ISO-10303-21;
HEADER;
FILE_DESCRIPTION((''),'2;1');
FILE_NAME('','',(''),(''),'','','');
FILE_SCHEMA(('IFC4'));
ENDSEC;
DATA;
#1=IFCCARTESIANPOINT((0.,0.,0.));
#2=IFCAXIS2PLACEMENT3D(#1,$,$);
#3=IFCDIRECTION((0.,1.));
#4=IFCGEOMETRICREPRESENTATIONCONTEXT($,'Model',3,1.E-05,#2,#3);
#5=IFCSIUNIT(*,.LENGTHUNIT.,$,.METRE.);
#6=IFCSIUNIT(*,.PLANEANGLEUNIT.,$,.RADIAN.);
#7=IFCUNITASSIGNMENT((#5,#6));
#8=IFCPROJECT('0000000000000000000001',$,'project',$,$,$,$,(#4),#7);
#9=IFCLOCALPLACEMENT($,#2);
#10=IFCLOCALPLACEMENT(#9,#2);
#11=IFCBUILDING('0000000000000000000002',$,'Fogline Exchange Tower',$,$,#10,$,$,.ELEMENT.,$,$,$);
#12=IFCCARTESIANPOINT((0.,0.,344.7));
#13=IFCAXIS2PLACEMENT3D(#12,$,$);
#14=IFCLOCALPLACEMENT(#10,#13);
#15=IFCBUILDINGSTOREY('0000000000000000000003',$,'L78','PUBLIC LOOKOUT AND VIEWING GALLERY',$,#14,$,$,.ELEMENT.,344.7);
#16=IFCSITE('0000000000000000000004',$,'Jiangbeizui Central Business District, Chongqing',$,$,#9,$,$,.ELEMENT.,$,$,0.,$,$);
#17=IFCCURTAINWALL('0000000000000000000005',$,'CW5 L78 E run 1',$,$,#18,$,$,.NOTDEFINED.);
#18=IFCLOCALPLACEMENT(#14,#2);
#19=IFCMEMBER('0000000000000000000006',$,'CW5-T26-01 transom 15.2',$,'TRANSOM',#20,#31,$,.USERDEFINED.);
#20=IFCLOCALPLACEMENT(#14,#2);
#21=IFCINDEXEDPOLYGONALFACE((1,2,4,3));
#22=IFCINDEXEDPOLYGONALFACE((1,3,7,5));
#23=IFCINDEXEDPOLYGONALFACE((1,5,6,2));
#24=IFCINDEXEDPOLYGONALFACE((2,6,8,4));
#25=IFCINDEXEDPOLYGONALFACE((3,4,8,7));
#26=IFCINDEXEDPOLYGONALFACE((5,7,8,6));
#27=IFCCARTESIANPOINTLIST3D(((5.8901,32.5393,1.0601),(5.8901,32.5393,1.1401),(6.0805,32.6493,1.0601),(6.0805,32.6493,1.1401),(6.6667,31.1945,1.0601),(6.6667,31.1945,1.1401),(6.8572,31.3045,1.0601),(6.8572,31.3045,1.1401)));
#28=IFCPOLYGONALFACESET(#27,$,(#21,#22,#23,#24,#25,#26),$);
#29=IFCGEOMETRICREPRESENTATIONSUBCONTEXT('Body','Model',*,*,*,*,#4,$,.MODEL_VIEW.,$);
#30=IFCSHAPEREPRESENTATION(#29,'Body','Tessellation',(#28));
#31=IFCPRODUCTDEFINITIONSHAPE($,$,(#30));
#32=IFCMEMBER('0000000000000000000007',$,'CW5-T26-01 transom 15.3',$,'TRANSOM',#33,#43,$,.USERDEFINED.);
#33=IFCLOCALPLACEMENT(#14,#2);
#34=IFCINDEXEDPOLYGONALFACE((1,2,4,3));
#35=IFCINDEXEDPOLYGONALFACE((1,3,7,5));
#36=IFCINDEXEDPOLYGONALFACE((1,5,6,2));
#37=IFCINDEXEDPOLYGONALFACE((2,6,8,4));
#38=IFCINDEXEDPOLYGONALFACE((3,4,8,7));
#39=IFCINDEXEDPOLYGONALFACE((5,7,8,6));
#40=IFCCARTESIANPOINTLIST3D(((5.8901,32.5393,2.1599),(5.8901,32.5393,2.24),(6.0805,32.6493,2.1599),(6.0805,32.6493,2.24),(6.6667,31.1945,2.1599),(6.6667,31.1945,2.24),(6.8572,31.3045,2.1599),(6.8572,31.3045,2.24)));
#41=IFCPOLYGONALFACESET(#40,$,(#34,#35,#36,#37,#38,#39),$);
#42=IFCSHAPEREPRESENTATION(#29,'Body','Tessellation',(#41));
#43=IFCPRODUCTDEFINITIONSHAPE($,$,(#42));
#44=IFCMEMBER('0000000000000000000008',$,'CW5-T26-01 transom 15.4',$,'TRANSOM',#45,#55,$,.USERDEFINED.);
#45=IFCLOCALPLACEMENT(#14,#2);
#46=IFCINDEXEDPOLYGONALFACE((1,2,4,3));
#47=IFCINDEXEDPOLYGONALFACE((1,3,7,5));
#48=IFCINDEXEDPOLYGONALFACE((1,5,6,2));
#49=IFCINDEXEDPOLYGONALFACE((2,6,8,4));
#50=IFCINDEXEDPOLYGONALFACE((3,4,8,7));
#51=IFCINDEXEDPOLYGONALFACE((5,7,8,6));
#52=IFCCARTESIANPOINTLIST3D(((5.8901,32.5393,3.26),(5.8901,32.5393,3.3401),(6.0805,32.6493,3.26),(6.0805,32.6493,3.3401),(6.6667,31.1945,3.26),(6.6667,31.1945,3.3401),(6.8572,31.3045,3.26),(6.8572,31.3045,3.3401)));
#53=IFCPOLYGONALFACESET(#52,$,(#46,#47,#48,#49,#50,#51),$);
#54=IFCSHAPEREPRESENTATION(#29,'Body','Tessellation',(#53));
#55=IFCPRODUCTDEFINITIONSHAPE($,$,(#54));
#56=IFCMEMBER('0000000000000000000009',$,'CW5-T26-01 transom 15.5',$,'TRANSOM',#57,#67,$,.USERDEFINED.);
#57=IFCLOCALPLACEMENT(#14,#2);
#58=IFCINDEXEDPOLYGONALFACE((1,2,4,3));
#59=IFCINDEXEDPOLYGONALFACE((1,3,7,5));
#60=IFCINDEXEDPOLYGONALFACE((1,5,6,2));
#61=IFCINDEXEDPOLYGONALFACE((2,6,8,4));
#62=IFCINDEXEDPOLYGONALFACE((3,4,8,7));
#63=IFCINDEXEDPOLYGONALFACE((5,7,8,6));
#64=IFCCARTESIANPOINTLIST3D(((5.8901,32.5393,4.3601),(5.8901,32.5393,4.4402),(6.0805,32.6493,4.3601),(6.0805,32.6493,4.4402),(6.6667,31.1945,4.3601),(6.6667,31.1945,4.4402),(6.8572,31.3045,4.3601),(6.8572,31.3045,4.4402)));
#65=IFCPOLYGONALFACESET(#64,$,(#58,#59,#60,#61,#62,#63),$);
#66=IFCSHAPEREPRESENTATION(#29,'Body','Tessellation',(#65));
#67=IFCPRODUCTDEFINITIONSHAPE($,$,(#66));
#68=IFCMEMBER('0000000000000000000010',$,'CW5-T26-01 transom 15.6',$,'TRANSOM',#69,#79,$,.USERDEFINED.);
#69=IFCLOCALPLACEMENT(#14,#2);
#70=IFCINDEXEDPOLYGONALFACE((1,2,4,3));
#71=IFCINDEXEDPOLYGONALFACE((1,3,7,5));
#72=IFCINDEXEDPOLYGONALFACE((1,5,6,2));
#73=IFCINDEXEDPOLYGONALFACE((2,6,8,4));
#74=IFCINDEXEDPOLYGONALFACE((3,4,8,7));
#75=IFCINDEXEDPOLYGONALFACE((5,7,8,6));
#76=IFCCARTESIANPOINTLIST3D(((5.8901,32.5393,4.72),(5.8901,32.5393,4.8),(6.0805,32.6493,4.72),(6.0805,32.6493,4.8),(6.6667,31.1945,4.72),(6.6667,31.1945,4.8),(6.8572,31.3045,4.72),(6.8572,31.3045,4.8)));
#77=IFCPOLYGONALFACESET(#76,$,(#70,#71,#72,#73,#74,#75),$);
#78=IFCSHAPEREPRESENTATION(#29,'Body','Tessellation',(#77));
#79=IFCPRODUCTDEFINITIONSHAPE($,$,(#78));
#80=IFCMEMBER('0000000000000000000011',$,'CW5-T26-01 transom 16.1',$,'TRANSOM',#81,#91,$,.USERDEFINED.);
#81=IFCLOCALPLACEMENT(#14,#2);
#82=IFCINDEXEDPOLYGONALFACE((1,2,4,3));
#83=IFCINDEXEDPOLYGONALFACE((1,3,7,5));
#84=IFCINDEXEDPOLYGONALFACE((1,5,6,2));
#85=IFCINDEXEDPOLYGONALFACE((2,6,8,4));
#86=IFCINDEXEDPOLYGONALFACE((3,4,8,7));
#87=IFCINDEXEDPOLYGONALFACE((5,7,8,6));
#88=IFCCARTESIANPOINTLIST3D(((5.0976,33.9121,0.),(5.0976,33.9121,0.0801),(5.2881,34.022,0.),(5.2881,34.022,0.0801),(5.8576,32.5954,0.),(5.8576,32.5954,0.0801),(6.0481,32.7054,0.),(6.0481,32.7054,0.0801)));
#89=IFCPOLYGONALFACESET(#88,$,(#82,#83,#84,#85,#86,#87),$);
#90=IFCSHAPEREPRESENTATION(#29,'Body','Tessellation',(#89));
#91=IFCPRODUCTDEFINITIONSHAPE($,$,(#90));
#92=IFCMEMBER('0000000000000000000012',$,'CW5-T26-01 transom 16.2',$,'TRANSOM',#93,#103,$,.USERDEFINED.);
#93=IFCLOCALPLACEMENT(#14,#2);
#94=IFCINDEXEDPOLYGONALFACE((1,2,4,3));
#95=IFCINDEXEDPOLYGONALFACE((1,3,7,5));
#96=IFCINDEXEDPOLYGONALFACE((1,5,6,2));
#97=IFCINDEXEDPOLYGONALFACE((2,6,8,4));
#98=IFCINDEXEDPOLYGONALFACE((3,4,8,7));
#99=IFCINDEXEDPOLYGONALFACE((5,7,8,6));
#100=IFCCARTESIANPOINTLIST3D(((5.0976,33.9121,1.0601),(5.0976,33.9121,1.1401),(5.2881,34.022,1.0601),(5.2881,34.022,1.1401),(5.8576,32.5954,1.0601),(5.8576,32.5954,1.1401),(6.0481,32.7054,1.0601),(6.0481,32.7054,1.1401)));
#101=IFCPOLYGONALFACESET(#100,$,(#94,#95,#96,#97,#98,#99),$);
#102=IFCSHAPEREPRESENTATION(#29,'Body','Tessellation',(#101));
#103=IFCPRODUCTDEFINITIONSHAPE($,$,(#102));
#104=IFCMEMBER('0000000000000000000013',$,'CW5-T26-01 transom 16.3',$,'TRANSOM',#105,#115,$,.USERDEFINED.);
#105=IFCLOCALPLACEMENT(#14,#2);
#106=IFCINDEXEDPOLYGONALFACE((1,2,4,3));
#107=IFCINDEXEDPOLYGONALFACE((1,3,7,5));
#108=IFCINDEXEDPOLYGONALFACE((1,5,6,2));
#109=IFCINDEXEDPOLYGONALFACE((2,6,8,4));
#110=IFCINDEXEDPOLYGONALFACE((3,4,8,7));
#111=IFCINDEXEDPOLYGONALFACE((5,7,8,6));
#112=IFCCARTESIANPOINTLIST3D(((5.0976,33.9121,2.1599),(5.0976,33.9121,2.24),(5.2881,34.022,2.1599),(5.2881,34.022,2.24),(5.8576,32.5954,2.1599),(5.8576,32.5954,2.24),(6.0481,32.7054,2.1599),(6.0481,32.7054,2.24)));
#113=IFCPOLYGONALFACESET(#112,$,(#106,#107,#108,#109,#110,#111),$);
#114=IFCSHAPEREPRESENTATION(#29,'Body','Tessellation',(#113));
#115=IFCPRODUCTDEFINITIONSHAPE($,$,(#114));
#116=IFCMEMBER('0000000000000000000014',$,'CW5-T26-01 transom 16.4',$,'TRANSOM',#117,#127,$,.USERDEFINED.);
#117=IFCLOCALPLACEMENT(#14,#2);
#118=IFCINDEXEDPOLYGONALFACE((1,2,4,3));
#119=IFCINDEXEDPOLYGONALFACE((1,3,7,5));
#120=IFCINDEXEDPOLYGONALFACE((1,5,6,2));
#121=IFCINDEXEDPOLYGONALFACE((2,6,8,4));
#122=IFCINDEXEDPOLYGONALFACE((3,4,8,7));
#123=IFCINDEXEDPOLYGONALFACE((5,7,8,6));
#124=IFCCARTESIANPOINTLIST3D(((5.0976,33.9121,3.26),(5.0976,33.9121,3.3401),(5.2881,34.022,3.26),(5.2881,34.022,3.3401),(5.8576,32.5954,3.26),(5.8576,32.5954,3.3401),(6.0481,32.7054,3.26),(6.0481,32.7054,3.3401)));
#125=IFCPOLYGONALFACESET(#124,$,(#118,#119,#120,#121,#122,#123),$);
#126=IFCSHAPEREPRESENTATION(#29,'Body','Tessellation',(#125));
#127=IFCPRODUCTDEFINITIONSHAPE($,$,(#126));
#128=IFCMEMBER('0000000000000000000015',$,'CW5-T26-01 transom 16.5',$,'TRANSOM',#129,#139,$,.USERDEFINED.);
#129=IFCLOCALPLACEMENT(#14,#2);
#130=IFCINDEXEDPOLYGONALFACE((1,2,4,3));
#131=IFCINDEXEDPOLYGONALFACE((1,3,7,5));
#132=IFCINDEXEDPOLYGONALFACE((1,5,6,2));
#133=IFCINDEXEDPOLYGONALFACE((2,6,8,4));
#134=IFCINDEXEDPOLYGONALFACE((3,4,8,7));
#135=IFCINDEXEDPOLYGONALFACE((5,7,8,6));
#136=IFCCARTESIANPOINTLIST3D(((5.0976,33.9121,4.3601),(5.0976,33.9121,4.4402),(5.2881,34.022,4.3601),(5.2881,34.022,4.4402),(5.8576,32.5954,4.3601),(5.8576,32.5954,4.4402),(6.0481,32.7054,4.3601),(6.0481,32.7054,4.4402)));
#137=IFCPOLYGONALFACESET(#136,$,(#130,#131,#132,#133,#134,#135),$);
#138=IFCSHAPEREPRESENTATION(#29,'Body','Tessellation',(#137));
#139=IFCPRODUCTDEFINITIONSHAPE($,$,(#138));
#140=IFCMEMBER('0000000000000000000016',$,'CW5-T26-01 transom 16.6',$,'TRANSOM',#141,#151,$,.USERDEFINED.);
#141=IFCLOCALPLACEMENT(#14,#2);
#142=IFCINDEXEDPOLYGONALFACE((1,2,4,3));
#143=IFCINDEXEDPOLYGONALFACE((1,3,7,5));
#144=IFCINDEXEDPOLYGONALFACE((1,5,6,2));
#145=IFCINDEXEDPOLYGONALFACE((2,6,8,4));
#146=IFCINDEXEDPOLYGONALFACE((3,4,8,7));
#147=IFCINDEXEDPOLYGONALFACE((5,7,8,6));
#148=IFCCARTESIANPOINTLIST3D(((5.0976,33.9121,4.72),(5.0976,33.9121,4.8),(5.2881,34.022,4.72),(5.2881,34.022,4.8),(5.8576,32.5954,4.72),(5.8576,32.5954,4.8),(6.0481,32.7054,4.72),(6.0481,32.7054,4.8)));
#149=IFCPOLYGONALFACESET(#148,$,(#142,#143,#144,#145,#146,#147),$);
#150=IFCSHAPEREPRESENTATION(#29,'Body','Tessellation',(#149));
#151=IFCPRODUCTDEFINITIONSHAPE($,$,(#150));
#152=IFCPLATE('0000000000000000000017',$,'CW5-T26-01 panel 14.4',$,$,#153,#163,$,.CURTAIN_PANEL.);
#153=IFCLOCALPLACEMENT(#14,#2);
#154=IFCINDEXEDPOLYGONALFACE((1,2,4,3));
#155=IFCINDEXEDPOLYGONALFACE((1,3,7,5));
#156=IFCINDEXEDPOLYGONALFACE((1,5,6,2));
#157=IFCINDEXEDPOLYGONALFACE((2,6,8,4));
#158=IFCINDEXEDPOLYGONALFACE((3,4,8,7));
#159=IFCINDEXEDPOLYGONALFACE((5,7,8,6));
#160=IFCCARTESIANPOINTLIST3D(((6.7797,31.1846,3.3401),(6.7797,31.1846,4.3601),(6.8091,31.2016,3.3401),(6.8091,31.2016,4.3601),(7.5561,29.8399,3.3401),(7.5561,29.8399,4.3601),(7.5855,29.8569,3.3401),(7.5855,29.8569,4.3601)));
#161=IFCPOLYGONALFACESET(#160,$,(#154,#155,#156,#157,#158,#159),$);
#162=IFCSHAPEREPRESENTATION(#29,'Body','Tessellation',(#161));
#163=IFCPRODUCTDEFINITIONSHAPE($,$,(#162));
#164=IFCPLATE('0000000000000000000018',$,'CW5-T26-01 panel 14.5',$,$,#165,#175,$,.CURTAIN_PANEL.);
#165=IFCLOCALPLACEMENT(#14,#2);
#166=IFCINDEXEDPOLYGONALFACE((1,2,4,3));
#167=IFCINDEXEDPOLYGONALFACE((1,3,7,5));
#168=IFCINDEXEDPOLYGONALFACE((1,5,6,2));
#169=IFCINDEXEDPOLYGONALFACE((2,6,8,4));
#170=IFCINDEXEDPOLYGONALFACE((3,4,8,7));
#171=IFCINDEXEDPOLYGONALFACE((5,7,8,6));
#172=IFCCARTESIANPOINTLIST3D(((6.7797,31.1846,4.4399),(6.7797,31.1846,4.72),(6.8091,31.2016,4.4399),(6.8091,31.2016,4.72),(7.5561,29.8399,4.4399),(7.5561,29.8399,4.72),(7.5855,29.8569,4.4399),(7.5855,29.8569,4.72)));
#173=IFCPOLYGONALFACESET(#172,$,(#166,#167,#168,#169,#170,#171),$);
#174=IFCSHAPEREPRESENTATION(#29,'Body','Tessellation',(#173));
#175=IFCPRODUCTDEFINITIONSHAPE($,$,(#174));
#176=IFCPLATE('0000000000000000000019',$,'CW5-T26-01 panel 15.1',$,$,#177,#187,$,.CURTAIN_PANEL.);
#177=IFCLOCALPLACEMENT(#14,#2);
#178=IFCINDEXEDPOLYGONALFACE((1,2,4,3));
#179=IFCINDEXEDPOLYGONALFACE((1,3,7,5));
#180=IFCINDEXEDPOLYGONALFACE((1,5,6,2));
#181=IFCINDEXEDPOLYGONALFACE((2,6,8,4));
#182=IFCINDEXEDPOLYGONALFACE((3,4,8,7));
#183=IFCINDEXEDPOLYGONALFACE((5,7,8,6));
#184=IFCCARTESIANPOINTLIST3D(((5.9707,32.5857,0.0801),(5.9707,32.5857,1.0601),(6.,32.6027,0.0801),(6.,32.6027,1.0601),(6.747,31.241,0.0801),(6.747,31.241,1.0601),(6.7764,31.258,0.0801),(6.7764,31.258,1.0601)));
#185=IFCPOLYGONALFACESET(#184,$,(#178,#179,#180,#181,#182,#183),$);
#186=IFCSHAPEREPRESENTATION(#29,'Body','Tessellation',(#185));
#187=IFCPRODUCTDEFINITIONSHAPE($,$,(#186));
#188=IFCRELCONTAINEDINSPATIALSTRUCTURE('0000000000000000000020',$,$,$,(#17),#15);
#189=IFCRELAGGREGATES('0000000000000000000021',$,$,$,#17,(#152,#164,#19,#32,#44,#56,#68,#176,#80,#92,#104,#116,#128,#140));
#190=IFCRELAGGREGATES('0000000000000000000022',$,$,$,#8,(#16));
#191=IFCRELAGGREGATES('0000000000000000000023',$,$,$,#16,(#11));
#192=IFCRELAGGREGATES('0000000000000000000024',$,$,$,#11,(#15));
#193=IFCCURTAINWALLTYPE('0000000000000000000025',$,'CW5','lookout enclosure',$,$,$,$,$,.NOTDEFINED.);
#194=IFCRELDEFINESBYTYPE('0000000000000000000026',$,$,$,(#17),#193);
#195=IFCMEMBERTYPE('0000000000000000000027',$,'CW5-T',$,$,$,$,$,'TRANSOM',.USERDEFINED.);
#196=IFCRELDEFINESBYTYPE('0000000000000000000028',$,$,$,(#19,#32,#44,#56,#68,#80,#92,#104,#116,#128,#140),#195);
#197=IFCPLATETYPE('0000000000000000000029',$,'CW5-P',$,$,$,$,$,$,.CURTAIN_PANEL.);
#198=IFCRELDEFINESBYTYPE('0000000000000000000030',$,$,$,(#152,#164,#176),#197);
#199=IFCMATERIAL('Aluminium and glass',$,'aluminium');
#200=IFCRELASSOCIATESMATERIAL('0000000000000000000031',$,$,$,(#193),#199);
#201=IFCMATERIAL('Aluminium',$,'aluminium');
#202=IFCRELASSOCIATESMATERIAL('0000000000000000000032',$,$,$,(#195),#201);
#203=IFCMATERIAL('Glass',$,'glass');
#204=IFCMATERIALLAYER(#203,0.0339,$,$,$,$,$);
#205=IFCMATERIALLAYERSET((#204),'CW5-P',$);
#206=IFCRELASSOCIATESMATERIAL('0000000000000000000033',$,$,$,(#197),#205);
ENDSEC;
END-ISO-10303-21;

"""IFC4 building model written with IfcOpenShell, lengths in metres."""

from ifc_helpers import new_model, si_unit, direction, frame, origin, origin_2d, place, context, subcontext, project, spatial, rectangle, extrude, material, layer, layer_set, material_profile, profile_set, type_object, element, aggregate, save


model = new_model("IFC4")

# Units and contexts
model_context = context("Model", 3, precision=1e-05, world=origin(), true_north=direction((0.0, 1.0)))
body_context = subcontext(model_context, "Body", "Model", "MODEL_VIEW")
ifc_project = project(units=[si_unit("LENGTHUNIT", "METRE"), si_unit("PLANEANGLEUNIT", "RADIAN")], contexts=[model_context])

# Site, building, storey
site_placement = place(None, origin())
site = spatial("IfcSite", under=ifc_project, at=site_placement, Name="Jiangbeizui Central Business District, Chongqing", CompositionType="ELEMENT", RefElevation=0.0)
building_placement = place(site_placement, origin())
building = spatial("IfcBuilding", under=site, at=building_placement, Name="Fogline Exchange Tower", CompositionType="ELEMENT")
storey_placement = place(building_placement, frame((0.0, 0.0, 344.7)))
storey = spatial("IfcBuildingStorey", under=building, at=storey_placement, Name="L78", Description="PUBLIC LOOKOUT AND VIEWING GALLERY", CompositionType="ELEMENT", Elevation=344.7)

# Curtain wall, members, plates
ifc_material_1 = material(Name="Aluminium and glass", Category="aluminium")
curtain_wall_type = type_object("IfcCurtainWallType", Name="CW5", Description="lookout enclosure", PredefinedType="NOTDEFINED", material=ifc_material_1)
curtain_wall_placement = place(storey_placement, origin())
curtain_wall = element("IfcCurtainWall", 1, at=curtain_wall_placement, inside=storey, type_object=curtain_wall_type, Name="CW5 L78 E run 1", PredefinedType="NOTDEFINED")
ifc_material_2 = material(Name="Aluminium", Category="aluminium")
ifc_material_profile_1 = material_profile(ifc_material_2, rectangle(XDim=0.22, YDim=0.0801, at=origin_2d()), Name="Transom 80x220")
ifc_profile_set_1 = profile_set([ifc_material_profile_1], Name="Aluminium")
member_type_1 = type_object("IfcMemberType", Name="CW5-T", ElementType="TRANSOM", PredefinedType="USERDEFINED", material=ifc_profile_set_1)
member_1_placement = place(storey_placement, frame((6.762, 31.2495, 1.1001), z_axis=(-0.500113, 0.86596, 0.0), x_axis=(-0.86596, -0.500113, 0.0)))
member_1 = element("IfcMember", 2, at=member_1_placement, type_object=member_type_1, Name="CW5-T26-01 transom 15.2", ObjectType="TRANSOM", PredefinedType="USERDEFINED", context=body_context, shape_type="SweptSolid", body=[
    extrude(rectangle(XDim=0.22, YDim=0.0801, at=origin_2d()), origin(), (0.0, 0.0, 1.0), 1.553),
])
member_2_placement = place(storey_placement, frame((6.762, 31.2495, 2.2), z_axis=(-0.500113, 0.86596, 0.0), x_axis=(-0.86596, -0.500113, 0.0)))
member_2 = element("IfcMember", 3, at=member_2_placement, type_object=member_type_1, Name="CW5-T26-01 transom 15.3", ObjectType="TRANSOM", PredefinedType="USERDEFINED", context=body_context, shape_type="SweptSolid", body=[
    extrude(rectangle(XDim=0.22, YDim=0.0801, at=origin_2d()), origin(), (0.0, 0.0, 1.0), 1.553),
])
member_3_placement = place(storey_placement, frame((6.762, 31.2495, 3.3), z_axis=(-0.500113, 0.86596, 0.0), x_axis=(-0.86596, -0.500113, 0.0)))
member_3 = element("IfcMember", 4, at=member_3_placement, type_object=member_type_1, Name="CW5-T26-01 transom 15.4", ObjectType="TRANSOM", PredefinedType="USERDEFINED", context=body_context, shape_type="SweptSolid", body=[
    extrude(rectangle(XDim=0.22, YDim=0.0801, at=origin_2d()), origin(), (0.0, 0.0, 1.0), 1.553),
])
member_4_placement = place(storey_placement, frame((6.762, 31.2495, 4.4001), z_axis=(-0.500113, 0.86596, 0.0), x_axis=(-0.86596, -0.500113, 0.0)))
member_4 = element("IfcMember", 5, at=member_4_placement, type_object=member_type_1, Name="CW5-T26-01 transom 15.5", ObjectType="TRANSOM", PredefinedType="USERDEFINED", context=body_context, shape_type="SweptSolid", body=[
    extrude(rectangle(XDim=0.22, YDim=0.0801, at=origin_2d()), origin(), (0.0, 0.0, 1.0), 1.553),
])
member_5_placement = place(storey_placement, frame((6.762, 31.2495, 4.76), z_axis=(-0.500113, 0.86596, 0.0), x_axis=(-0.86596, -0.500113, 0.0)))
member_5 = element("IfcMember", 6, at=member_5_placement, type_object=member_type_1, Name="CW5-T26-01 transom 15.6", ObjectType="TRANSOM", PredefinedType="USERDEFINED", context=body_context, shape_type="SweptSolid", body=[
    extrude(rectangle(XDim=0.22, YDim=0.0801, at=origin_2d()), origin(), (0.0, 0.0, 1.0), 1.553),
])
member_6_placement = place(storey_placement, frame((5.9529, 32.6504, 0.04), z_axis=(-0.499922, 0.866071, 0.0), x_axis=(-0.866071, -0.499922, 0.0)))
member_6 = element("IfcMember", 7, at=member_6_placement, type_object=member_type_1, Name="CW5-T26-01 transom 16.1", ObjectType="TRANSOM", PredefinedType="USERDEFINED", context=body_context, shape_type="SweptSolid", body=[
    extrude(rectangle(XDim=0.22, YDim=0.0801, at=origin_2d()), origin(), (0.0, 0.0, 1.0), 1.5203),
])
member_7_placement = place(storey_placement, frame((5.9529, 32.6504, 1.1001), z_axis=(-0.499922, 0.866071, 0.0), x_axis=(-0.866071, -0.499922, 0.0)))
member_7 = element("IfcMember", 8, at=member_7_placement, type_object=member_type_1, Name="CW5-T26-01 transom 16.2", ObjectType="TRANSOM", PredefinedType="USERDEFINED", context=body_context, shape_type="SweptSolid", body=[
    extrude(rectangle(XDim=0.22, YDim=0.0801, at=origin_2d()), origin(), (0.0, 0.0, 1.0), 1.5203),
])
member_8_placement = place(storey_placement, frame((5.9529, 32.6504, 2.2), z_axis=(-0.499922, 0.866071, 0.0), x_axis=(-0.866071, -0.499922, 0.0)))
member_8 = element("IfcMember", 9, at=member_8_placement, type_object=member_type_1, Name="CW5-T26-01 transom 16.3", ObjectType="TRANSOM", PredefinedType="USERDEFINED", context=body_context, shape_type="SweptSolid", body=[
    extrude(rectangle(XDim=0.22, YDim=0.0801, at=origin_2d()), origin(), (0.0, 0.0, 1.0), 1.5203),
])
member_9_placement = place(storey_placement, frame((5.9529, 32.6504, 3.3), z_axis=(-0.499922, 0.866071, 0.0), x_axis=(-0.866071, -0.499922, 0.0)))
member_9 = element("IfcMember", 10, at=member_9_placement, type_object=member_type_1, Name="CW5-T26-01 transom 16.4", ObjectType="TRANSOM", PredefinedType="USERDEFINED", context=body_context, shape_type="SweptSolid", body=[
    extrude(rectangle(XDim=0.22, YDim=0.0801, at=origin_2d()), origin(), (0.0, 0.0, 1.0), 1.5203),
])
member_10_placement = place(storey_placement, frame((5.9529, 32.6504, 4.4001), z_axis=(-0.499922, 0.866071, 0.0), x_axis=(-0.866071, -0.499922, 0.0)))
member_10 = element("IfcMember", 11, at=member_10_placement, type_object=member_type_1, Name="CW5-T26-01 transom 16.5", ObjectType="TRANSOM", PredefinedType="USERDEFINED", context=body_context, shape_type="SweptSolid", body=[
    extrude(rectangle(XDim=0.22, YDim=0.0801, at=origin_2d()), origin(), (0.0, 0.0, 1.0), 1.5203),
])
member_11_placement = place(storey_placement, frame((5.9529, 32.6504, 4.76), z_axis=(-0.499922, 0.866071, 0.0), x_axis=(-0.866071, -0.499922, 0.0)))
member_11 = element("IfcMember", 12, at=member_11_placement, type_object=member_type_1, Name="CW5-T26-01 transom 16.6", ObjectType="TRANSOM", PredefinedType="USERDEFINED", context=body_context, shape_type="SweptSolid", body=[
    extrude(rectangle(XDim=0.22, YDim=0.0801, at=origin_2d()), origin(), (0.0, 0.0, 1.0), 1.5203),
])
ifc_material_3 = material(Name="Glass", Category="glass")
ifc_layer_1 = layer(ifc_material_3, 0.0339)
ifc_layer_set_1 = layer_set([ifc_layer_1], Name="CW5-P")
plate_type = type_object("IfcPlateType", Name="CW5-P", PredefinedType="CURTAIN_PANEL", material=ifc_layer_set_1)
plate_1_placement = place(storey_placement, frame((7.1826, 30.5208, 3.3401), z_axis=(0.0, 0.0, 1.0), x_axis=(-0.5, 0.866025, 0.0)))
plate_1 = element("IfcPlate", 13, at=plate_1_placement, type_object=plate_type, Name="CW5-T26-01 panel 14.4", PredefinedType="CURTAIN_PANEL", context=body_context, shape_type="SweptSolid", body=[
    extrude(rectangle(XDim=1.5527, YDim=0.0339, at=origin_2d()), origin(), (0.0, 0.0, 1.0), 1.02),
])
plate_2_placement = place(storey_placement, frame((7.1826, 30.5208, 4.4399), z_axis=(0.0, 0.0, 1.0), x_axis=(-0.5, 0.866025, 0.0)))
plate_2 = element("IfcPlate", 14, at=plate_2_placement, type_object=plate_type, Name="CW5-T26-01 panel 14.5", PredefinedType="CURTAIN_PANEL", context=body_context, shape_type="SweptSolid", body=[
    extrude(rectangle(XDim=1.5527, YDim=0.0339, at=origin_2d()), origin(), (0.0, 0.0, 1.0), 0.28),
])
plate_3_placement = place(storey_placement, frame((6.3735, 31.9219, 0.0801), z_axis=(0.0, 0.0, 1.0), x_axis=(-0.5, 0.866025, 0.0)))
plate_3 = element("IfcPlate", 15, at=plate_3_placement, type_object=plate_type, Name="CW5-T26-01 panel 15.1", PredefinedType="CURTAIN_PANEL", context=body_context, shape_type="SweptSolid", body=[
    extrude(rectangle(XDim=1.5527, YDim=0.0339, at=origin_2d()), origin(), (0.0, 0.0, 1.0), 0.98),
])
aggregate(curtain_wall, [plate_1, plate_2, member_1, member_2, member_3, member_4, member_5, plate_3, member_6, member_7, member_8, member_9, member_10, member_11])

save(model, "model.ifc")
